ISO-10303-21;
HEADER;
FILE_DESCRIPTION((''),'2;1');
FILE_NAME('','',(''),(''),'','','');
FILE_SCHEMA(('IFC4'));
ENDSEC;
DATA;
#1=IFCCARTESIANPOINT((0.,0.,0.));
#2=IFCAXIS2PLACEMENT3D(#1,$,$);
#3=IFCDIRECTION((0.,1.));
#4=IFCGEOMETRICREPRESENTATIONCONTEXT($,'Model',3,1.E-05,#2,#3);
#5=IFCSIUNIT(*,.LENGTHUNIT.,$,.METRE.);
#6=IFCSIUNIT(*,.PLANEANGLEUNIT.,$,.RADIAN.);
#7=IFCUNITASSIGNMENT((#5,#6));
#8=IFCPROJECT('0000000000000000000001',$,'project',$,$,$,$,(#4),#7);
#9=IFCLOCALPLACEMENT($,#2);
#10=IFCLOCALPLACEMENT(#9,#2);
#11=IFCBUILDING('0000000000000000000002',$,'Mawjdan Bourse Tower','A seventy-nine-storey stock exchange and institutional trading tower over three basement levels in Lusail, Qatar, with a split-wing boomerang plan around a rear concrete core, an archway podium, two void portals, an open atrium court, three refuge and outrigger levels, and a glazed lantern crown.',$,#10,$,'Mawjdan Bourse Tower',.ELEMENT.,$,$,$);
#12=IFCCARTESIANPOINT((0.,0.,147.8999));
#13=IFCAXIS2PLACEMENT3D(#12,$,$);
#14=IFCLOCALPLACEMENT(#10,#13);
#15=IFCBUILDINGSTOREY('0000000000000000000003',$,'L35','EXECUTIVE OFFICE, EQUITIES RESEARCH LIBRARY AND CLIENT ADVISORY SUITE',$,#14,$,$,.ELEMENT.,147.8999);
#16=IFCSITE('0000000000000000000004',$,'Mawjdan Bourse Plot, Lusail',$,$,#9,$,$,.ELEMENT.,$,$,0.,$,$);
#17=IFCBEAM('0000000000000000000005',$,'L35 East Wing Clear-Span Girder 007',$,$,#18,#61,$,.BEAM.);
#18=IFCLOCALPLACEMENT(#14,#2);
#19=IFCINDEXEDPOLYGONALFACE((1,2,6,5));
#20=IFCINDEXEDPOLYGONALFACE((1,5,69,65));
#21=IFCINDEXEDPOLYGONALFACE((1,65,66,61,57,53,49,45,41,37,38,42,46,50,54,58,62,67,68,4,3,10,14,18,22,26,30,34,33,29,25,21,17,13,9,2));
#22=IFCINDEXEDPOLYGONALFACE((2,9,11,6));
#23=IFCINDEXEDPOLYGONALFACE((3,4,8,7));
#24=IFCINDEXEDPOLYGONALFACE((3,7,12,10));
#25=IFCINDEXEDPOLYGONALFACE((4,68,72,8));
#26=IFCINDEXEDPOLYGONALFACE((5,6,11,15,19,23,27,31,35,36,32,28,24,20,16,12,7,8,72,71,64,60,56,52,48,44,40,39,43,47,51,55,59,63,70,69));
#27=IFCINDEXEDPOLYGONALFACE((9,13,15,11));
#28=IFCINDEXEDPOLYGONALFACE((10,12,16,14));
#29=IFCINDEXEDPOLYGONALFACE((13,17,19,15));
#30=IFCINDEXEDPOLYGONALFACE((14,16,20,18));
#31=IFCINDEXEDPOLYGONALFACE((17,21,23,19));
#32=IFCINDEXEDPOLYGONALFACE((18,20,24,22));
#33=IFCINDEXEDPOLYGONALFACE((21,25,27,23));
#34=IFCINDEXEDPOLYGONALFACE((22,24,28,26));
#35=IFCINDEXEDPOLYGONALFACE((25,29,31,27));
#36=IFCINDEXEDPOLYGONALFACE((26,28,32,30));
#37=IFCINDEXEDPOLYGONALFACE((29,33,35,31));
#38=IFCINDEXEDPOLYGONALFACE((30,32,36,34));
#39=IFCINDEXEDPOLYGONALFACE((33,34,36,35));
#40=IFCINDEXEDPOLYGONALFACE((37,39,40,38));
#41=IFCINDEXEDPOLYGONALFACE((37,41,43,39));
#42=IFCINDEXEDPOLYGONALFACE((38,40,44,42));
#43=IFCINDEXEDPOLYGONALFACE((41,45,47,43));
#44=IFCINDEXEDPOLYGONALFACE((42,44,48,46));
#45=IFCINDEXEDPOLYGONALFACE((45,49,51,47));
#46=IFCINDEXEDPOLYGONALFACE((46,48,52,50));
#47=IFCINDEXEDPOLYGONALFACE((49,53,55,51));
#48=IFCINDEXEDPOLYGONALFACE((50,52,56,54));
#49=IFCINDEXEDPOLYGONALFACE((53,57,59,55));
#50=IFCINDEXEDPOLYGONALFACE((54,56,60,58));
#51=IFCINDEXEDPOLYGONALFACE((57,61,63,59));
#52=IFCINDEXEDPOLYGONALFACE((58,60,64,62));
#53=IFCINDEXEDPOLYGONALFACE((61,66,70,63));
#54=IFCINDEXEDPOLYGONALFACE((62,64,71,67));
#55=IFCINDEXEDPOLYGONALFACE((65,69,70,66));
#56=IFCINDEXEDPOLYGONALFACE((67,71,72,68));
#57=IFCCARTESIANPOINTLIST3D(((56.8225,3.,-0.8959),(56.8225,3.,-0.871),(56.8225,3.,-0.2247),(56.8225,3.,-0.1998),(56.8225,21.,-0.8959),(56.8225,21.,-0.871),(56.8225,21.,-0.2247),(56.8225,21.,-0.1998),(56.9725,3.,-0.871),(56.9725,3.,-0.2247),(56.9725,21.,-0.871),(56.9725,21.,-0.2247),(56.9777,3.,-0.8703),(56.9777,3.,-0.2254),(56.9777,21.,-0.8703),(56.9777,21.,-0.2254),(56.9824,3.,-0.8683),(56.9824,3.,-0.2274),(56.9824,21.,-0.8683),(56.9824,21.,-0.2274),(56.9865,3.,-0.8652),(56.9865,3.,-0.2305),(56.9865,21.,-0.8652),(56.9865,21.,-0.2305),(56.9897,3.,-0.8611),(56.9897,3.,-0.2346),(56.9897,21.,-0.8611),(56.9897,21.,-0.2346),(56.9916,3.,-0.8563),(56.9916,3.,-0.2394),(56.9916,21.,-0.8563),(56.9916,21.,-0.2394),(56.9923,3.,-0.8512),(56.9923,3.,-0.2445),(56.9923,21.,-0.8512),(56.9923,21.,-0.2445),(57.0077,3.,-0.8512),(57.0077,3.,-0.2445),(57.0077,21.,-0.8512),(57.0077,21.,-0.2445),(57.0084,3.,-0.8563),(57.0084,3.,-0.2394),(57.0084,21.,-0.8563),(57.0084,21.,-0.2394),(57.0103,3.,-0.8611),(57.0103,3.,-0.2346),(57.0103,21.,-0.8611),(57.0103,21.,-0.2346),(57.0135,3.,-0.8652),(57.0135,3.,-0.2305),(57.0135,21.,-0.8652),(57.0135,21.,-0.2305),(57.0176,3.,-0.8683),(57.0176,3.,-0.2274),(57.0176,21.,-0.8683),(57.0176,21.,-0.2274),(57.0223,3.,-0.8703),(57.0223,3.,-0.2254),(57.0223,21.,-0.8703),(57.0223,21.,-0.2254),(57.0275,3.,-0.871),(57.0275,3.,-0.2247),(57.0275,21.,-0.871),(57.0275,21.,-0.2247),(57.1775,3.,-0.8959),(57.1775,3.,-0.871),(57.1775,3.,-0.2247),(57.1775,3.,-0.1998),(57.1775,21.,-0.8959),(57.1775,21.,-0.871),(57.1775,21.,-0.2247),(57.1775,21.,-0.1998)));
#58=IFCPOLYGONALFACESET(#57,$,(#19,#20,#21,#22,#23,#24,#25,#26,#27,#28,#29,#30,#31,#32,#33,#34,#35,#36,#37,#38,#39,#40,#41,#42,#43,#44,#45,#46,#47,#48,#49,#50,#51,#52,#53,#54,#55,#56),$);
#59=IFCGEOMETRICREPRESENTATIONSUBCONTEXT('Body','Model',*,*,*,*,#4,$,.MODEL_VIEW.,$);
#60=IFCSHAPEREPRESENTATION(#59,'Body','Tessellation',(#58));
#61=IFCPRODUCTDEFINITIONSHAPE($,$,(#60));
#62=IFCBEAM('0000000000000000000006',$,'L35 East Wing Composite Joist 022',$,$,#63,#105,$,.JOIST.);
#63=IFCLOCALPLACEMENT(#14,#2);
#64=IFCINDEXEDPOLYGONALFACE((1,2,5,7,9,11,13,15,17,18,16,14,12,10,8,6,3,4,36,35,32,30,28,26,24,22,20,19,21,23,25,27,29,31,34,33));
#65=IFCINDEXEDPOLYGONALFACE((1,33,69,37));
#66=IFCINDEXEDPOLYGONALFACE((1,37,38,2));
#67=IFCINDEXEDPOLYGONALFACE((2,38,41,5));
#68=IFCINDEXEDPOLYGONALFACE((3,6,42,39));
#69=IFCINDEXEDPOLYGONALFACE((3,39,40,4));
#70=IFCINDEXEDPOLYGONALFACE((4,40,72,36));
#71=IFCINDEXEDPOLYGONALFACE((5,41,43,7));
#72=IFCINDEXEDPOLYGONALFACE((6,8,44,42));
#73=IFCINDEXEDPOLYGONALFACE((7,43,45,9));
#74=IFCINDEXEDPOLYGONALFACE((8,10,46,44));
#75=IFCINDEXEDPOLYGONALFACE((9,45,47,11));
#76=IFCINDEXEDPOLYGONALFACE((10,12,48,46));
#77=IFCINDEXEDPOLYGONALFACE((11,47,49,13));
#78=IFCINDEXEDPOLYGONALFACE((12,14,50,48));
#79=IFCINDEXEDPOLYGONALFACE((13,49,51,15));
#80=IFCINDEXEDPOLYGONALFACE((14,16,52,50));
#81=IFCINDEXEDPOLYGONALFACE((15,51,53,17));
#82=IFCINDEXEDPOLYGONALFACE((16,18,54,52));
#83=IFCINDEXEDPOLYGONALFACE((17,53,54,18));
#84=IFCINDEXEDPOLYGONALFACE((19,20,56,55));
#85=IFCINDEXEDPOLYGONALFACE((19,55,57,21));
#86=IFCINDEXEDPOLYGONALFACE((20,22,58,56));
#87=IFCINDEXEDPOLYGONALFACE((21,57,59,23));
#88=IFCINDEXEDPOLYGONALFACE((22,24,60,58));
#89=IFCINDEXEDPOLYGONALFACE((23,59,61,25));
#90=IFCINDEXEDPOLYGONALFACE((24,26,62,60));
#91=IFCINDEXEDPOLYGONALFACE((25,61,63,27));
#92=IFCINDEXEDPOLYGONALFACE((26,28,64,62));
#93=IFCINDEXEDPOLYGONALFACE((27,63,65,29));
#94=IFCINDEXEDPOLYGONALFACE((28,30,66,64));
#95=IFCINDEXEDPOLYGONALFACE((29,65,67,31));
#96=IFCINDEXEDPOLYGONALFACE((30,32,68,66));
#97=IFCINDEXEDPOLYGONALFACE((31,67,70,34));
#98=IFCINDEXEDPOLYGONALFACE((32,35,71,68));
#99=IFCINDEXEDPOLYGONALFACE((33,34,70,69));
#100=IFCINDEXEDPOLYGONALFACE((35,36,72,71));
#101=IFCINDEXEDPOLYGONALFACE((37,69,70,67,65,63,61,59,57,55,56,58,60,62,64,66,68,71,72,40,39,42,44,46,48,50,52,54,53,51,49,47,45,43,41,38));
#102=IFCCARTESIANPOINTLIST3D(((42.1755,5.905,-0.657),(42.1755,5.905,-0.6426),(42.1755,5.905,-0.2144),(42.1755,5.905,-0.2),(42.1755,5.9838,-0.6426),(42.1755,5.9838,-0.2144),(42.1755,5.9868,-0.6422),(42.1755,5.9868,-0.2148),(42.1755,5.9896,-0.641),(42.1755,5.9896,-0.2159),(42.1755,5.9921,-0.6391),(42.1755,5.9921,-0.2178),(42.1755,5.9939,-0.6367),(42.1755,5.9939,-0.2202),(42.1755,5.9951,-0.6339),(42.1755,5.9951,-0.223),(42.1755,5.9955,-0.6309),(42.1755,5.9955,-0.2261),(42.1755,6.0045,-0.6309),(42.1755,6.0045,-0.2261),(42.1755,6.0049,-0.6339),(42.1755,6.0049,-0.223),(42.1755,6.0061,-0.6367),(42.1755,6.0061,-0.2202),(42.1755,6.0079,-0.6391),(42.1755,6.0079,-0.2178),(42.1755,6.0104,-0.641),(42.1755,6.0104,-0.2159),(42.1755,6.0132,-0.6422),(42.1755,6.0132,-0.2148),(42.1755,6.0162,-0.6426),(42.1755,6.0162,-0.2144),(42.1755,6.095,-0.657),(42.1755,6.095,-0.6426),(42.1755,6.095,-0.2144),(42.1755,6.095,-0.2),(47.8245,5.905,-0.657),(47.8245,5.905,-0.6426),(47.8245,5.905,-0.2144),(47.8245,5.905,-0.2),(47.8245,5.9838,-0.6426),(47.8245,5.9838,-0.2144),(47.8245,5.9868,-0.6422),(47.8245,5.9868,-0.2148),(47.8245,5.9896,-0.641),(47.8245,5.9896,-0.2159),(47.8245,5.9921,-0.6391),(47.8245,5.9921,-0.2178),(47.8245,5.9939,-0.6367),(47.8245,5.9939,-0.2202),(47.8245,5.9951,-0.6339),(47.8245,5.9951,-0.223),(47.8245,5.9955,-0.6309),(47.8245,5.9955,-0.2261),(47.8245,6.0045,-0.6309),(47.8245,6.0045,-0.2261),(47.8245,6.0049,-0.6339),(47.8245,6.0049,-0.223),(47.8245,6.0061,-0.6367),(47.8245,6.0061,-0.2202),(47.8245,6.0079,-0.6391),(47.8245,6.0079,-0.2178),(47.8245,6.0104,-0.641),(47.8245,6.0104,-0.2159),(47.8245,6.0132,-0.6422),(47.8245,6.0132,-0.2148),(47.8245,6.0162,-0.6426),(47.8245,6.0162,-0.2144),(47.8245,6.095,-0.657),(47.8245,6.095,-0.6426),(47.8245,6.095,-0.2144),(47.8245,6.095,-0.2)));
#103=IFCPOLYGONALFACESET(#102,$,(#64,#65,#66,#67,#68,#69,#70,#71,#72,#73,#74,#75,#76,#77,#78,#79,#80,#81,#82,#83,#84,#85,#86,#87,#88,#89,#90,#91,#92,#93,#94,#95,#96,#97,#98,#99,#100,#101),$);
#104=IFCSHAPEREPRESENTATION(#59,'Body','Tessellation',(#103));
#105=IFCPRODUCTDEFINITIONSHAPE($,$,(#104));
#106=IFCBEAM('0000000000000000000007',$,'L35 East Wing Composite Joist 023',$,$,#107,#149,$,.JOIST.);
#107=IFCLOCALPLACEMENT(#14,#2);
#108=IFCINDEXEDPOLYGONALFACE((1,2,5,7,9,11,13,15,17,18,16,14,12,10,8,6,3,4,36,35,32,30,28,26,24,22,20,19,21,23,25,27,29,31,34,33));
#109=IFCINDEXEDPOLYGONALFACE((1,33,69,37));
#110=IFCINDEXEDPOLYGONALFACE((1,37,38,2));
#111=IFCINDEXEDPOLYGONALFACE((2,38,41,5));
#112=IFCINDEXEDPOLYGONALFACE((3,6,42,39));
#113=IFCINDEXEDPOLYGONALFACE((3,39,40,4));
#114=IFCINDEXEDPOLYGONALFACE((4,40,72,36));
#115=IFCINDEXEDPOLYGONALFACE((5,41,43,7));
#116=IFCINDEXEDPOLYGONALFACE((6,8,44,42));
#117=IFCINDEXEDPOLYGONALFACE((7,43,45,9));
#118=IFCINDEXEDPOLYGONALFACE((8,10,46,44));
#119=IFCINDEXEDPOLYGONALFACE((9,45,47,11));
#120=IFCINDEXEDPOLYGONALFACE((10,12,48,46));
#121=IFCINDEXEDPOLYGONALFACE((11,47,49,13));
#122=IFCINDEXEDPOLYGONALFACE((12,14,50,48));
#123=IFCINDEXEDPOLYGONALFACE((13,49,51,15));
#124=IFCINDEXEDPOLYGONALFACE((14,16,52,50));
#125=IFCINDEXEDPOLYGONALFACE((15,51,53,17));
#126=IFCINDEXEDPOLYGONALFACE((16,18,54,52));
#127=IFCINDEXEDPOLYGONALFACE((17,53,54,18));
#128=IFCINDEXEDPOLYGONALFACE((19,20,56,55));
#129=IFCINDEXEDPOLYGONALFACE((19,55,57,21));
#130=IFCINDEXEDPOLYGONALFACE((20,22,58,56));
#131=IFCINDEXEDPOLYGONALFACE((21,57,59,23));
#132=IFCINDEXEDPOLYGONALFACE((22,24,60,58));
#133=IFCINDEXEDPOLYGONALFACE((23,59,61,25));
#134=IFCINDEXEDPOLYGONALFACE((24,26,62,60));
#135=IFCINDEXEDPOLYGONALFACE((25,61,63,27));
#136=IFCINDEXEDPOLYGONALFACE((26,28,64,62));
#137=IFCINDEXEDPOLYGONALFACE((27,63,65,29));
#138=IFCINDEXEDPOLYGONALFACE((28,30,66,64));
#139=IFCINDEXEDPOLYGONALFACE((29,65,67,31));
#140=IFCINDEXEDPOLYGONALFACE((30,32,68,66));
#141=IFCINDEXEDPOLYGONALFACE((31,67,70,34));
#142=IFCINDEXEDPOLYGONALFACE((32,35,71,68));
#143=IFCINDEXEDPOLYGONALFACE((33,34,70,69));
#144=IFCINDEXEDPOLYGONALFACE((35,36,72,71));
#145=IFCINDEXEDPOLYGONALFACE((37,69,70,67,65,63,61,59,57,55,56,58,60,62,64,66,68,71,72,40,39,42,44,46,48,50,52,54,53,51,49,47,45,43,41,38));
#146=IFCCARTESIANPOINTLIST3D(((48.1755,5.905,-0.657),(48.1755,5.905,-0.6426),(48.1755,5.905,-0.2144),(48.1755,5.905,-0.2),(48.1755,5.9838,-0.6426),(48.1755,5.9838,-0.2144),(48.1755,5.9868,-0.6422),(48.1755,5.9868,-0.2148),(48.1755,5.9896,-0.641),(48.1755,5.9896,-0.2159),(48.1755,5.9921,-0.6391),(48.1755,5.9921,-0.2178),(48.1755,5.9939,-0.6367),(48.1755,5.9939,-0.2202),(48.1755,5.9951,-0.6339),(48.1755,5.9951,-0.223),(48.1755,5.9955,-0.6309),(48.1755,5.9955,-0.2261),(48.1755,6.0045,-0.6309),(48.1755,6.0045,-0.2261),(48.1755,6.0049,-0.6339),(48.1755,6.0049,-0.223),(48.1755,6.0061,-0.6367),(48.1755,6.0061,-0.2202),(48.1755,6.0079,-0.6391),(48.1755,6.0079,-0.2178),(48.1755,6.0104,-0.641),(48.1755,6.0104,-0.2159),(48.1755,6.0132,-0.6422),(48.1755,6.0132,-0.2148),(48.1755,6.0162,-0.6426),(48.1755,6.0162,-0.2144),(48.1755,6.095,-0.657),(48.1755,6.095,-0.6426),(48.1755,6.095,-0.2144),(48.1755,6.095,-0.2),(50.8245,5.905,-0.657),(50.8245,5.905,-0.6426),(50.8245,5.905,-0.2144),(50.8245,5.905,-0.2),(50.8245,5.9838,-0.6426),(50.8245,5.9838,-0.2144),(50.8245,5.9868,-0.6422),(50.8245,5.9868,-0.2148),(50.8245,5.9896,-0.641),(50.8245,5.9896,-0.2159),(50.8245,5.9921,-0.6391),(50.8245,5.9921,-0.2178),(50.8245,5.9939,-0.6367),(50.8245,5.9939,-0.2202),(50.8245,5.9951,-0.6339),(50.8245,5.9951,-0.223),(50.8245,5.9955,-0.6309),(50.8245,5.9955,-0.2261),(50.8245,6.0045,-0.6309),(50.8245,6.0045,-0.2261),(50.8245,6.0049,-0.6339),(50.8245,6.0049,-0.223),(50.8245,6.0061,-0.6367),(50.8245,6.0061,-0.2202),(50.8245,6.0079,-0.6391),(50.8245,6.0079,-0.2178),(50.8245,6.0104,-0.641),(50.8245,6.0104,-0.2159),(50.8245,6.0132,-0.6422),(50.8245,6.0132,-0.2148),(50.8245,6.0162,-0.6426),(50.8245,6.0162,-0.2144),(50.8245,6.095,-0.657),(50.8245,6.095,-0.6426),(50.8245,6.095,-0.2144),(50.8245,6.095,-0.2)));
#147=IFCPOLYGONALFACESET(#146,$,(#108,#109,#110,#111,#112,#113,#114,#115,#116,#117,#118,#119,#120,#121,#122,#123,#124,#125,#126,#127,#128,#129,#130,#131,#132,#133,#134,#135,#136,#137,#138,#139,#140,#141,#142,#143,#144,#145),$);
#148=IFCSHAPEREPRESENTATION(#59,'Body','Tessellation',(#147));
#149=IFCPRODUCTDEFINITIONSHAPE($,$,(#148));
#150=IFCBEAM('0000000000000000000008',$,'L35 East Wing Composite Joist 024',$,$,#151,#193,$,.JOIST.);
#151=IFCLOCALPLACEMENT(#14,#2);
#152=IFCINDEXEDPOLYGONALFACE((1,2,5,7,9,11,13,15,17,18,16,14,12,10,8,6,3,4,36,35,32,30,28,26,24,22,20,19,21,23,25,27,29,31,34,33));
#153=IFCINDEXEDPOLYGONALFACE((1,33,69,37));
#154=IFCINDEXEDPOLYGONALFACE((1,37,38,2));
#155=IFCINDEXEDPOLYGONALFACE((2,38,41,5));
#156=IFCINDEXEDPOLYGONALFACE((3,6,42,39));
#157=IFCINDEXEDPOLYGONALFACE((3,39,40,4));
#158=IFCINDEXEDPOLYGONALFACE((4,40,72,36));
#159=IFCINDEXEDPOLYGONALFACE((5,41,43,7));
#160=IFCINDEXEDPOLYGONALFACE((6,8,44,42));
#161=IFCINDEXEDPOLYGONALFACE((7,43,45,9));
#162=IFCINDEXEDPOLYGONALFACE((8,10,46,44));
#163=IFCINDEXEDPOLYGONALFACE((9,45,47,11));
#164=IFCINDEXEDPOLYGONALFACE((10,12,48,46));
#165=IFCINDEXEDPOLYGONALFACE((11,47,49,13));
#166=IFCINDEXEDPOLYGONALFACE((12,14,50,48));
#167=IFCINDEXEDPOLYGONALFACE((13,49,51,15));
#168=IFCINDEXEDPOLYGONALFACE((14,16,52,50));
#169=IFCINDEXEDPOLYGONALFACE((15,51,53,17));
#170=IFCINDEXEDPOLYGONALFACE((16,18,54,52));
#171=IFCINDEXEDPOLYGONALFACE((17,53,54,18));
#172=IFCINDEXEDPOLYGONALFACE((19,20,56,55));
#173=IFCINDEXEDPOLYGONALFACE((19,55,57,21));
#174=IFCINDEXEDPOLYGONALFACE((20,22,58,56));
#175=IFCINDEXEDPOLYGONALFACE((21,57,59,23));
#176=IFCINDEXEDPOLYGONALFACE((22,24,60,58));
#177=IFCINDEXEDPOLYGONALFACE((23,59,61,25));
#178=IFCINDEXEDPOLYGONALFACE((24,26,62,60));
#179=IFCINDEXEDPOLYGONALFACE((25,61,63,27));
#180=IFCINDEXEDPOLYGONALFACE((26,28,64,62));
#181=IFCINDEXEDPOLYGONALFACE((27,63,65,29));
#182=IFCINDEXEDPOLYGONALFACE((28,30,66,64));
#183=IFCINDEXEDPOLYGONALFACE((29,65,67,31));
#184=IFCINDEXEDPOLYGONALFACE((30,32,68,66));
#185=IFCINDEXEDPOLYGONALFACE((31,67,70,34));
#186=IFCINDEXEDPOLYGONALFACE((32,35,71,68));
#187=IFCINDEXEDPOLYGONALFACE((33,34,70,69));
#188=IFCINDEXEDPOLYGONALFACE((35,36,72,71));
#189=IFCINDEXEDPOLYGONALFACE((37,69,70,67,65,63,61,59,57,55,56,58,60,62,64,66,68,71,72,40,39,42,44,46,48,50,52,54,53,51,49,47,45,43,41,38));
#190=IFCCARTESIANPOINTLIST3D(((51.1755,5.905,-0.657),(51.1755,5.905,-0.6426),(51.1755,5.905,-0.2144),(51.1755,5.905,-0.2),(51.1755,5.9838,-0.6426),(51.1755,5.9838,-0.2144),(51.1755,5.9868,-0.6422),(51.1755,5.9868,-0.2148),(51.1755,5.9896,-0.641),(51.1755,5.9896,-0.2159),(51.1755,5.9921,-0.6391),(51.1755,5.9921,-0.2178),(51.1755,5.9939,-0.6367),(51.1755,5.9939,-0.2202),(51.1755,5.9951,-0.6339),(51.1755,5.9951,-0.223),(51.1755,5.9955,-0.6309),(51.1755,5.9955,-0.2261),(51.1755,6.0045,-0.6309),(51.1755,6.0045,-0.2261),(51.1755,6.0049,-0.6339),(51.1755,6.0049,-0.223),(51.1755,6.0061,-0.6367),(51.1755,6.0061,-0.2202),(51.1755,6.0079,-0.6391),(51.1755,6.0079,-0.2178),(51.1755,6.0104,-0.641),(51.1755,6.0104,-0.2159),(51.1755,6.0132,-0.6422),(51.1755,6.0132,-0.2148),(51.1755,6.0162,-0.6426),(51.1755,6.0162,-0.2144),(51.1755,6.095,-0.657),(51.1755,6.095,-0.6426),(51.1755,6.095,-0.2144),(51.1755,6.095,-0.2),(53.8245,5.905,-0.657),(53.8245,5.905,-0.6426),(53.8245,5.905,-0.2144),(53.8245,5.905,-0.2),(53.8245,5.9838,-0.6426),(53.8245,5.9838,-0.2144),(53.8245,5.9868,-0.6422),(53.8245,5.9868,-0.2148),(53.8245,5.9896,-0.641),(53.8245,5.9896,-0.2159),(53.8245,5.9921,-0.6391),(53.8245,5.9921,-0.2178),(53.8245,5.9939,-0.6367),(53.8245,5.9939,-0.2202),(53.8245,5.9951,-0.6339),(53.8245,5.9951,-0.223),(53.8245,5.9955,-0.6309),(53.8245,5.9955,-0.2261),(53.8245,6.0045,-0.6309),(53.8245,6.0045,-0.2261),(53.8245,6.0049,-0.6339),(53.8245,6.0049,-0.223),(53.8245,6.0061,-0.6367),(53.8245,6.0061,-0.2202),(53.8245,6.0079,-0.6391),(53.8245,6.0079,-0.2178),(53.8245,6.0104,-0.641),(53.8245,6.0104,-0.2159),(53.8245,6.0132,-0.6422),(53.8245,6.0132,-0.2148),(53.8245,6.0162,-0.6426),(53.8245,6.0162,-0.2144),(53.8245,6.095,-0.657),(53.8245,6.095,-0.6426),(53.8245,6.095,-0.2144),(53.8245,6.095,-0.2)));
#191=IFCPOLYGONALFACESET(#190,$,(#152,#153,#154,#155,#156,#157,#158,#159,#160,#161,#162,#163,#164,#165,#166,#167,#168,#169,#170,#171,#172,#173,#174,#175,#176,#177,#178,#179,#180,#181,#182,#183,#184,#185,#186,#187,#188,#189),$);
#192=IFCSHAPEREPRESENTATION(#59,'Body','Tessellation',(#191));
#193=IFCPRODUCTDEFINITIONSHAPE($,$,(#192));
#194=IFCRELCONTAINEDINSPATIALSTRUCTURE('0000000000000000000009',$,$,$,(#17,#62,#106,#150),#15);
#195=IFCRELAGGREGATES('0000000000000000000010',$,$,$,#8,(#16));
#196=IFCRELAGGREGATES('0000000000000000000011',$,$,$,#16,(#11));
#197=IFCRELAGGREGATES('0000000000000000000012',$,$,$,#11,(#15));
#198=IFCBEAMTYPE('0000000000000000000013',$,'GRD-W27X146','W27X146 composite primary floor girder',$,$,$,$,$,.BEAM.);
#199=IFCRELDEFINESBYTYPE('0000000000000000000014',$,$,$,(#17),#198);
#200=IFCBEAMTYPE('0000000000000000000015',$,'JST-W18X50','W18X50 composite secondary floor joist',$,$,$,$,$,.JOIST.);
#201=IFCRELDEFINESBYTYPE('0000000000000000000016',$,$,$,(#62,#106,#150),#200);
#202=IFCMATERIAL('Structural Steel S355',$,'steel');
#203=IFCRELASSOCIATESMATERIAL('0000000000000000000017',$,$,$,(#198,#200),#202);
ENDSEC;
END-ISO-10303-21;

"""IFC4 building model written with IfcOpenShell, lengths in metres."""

from ifc_helpers import new_model, si_unit, direction, frame, origin, origin_2d, place, context, subcontext, project, spatial, i_section, extrude, material, material_profile, profile_set, type_object, element, save


model = new_model("IFC4")

# Units and contexts
model_context = context("Model", 3, precision=1e-05, world=origin(), true_north=direction((0.0, 1.0)))
body_context = subcontext(model_context, "Body", "Model", "MODEL_VIEW")
ifc_project = project(units=[si_unit("LENGTHUNIT", "METRE"), si_unit("PLANEANGLEUNIT", "RADIAN")], contexts=[model_context])

# Site, building, storey
site_placement = place(None, origin())
site = spatial("IfcSite", under=ifc_project, at=site_placement, Name="Mawjdan Bourse Plot, Lusail", CompositionType="ELEMENT", RefElevation=0.0)
building_placement = place(site_placement, origin())
building = spatial("IfcBuilding", under=site, at=building_placement, Name="Mawjdan Bourse Tower", Description="A seventy-nine-storey stock exchange and institutional trading tower over three basement levels in Lusail, Qatar, with a split-wing boomerang plan around a rear concrete core, an archway podium, two void portals, an open atrium court, three refuge and outrigger levels, and a glazed lantern crown.", LongName="Mawjdan Bourse Tower", CompositionType="ELEMENT")
storey_placement = place(building_placement, frame((0.0, 0.0, 147.8999)))
storey = spatial("IfcBuildingStorey", under=building, at=storey_placement, Name="L35", Description="EXECUTIVE OFFICE, EQUITIES RESEARCH LIBRARY AND CLIENT ADVISORY SUITE", CompositionType="ELEMENT", Elevation=147.8999)

# Beams
ifc_material_1 = material(Name="Structural Steel S355", Category="steel")
ifc_material_profile_1 = material_profile(ifc_material_1, i_section(OverallWidth=0.355, OverallDepth=0.696, WebThickness=0.0154, FlangeThickness=0.0249, FilletRadius=0.0198, at=origin_2d()), Name="W27X146")
ifc_profile_set_1 = profile_set([ifc_material_profile_1], Name="Structural Steel S355")
beam_type_1 = type_object("IfcBeamType", Name="GRD-W27X146", Description="W27X146 composite primary floor girder", PredefinedType="BEAM", material=ifc_profile_set_1)
for number, where, z_axis, x_axis, name in (
    (1, (57.0, 3.0, -0.5479), (0.0, 1.0, 0.0), (-1.0, 0.0, 0.0), "L35 East Wing Clear-Span Girder 007"),
):
    element("IfcBeam", number, at=place(storey_placement, frame(where, z_axis=z_axis, x_axis=x_axis)), inside=storey, type_object=beam_type_1, Name=name, PredefinedType="BEAM", context=body_context, shape_type="SweptSolid", body=[
        extrude(i_section(OverallWidth=0.355, OverallDepth=0.696, WebThickness=0.0154, FlangeThickness=0.0249, FilletRadius=0.0198, at=origin_2d()), origin(), (0.0, 0.0, 1.0), 18.0),
    ])
ifc_material_profile_2 = material_profile(ifc_material_1, i_section(OverallWidth=0.1899, OverallDepth=0.457, WebThickness=0.009, FlangeThickness=0.0144, FilletRadius=0.0117, at=origin_2d()), Name="W18X50")
ifc_profile_set_2 = profile_set([ifc_material_profile_2], Name="Structural Steel S355")
beam_type_2 = type_object("IfcBeamType", Name="JST-W18X50", Description="W18X50 composite secondary floor joist", PredefinedType="JOIST", material=ifc_profile_set_2)
beam_1_placement = place(storey_placement, frame((42.1755, 6.0, -0.4285), z_axis=(1.0, 0.0, 0.0), x_axis=(0.0, 1.0, 0.0)))
element("IfcBeam", 2, at=beam_1_placement, inside=storey, type_object=beam_type_2, Name="L35 East Wing Composite Joist 022", PredefinedType="JOIST", context=body_context, shape_type="SweptSolid", body=[
    extrude(i_section(OverallWidth=0.1899, OverallDepth=0.457, WebThickness=0.009, FlangeThickness=0.0144, FilletRadius=0.0117, at=origin_2d()), origin(), (0.0, 0.0, 1.0), 5.6489),
])
for number, where, z_axis, x_axis, name in (
    (3, (48.1755, 6.0, -0.4285), (1.0, 0.0, 0.0), (0.0, 1.0, 0.0), "L35 East Wing Composite Joist 023"),
    (4, (51.1755, 6.0, -0.4285), (1.0, 0.0, 0.0), (0.0, 1.0, 0.0), "L35 East Wing Composite Joist 024"),
):
    element("IfcBeam", number, at=place(storey_placement, frame(where, z_axis=z_axis, x_axis=x_axis)), inside=storey, type_object=beam_type_2, Name=name, PredefinedType="JOIST", context=body_context, shape_type="SweptSolid", body=[
        extrude(i_section(OverallWidth=0.1899, OverallDepth=0.457, WebThickness=0.009, FlangeThickness=0.0144, FilletRadius=0.0117, at=origin_2d()), origin(), (0.0, 0.0, 1.0), 2.6489),
    ])

save(model, "model.ifc")
